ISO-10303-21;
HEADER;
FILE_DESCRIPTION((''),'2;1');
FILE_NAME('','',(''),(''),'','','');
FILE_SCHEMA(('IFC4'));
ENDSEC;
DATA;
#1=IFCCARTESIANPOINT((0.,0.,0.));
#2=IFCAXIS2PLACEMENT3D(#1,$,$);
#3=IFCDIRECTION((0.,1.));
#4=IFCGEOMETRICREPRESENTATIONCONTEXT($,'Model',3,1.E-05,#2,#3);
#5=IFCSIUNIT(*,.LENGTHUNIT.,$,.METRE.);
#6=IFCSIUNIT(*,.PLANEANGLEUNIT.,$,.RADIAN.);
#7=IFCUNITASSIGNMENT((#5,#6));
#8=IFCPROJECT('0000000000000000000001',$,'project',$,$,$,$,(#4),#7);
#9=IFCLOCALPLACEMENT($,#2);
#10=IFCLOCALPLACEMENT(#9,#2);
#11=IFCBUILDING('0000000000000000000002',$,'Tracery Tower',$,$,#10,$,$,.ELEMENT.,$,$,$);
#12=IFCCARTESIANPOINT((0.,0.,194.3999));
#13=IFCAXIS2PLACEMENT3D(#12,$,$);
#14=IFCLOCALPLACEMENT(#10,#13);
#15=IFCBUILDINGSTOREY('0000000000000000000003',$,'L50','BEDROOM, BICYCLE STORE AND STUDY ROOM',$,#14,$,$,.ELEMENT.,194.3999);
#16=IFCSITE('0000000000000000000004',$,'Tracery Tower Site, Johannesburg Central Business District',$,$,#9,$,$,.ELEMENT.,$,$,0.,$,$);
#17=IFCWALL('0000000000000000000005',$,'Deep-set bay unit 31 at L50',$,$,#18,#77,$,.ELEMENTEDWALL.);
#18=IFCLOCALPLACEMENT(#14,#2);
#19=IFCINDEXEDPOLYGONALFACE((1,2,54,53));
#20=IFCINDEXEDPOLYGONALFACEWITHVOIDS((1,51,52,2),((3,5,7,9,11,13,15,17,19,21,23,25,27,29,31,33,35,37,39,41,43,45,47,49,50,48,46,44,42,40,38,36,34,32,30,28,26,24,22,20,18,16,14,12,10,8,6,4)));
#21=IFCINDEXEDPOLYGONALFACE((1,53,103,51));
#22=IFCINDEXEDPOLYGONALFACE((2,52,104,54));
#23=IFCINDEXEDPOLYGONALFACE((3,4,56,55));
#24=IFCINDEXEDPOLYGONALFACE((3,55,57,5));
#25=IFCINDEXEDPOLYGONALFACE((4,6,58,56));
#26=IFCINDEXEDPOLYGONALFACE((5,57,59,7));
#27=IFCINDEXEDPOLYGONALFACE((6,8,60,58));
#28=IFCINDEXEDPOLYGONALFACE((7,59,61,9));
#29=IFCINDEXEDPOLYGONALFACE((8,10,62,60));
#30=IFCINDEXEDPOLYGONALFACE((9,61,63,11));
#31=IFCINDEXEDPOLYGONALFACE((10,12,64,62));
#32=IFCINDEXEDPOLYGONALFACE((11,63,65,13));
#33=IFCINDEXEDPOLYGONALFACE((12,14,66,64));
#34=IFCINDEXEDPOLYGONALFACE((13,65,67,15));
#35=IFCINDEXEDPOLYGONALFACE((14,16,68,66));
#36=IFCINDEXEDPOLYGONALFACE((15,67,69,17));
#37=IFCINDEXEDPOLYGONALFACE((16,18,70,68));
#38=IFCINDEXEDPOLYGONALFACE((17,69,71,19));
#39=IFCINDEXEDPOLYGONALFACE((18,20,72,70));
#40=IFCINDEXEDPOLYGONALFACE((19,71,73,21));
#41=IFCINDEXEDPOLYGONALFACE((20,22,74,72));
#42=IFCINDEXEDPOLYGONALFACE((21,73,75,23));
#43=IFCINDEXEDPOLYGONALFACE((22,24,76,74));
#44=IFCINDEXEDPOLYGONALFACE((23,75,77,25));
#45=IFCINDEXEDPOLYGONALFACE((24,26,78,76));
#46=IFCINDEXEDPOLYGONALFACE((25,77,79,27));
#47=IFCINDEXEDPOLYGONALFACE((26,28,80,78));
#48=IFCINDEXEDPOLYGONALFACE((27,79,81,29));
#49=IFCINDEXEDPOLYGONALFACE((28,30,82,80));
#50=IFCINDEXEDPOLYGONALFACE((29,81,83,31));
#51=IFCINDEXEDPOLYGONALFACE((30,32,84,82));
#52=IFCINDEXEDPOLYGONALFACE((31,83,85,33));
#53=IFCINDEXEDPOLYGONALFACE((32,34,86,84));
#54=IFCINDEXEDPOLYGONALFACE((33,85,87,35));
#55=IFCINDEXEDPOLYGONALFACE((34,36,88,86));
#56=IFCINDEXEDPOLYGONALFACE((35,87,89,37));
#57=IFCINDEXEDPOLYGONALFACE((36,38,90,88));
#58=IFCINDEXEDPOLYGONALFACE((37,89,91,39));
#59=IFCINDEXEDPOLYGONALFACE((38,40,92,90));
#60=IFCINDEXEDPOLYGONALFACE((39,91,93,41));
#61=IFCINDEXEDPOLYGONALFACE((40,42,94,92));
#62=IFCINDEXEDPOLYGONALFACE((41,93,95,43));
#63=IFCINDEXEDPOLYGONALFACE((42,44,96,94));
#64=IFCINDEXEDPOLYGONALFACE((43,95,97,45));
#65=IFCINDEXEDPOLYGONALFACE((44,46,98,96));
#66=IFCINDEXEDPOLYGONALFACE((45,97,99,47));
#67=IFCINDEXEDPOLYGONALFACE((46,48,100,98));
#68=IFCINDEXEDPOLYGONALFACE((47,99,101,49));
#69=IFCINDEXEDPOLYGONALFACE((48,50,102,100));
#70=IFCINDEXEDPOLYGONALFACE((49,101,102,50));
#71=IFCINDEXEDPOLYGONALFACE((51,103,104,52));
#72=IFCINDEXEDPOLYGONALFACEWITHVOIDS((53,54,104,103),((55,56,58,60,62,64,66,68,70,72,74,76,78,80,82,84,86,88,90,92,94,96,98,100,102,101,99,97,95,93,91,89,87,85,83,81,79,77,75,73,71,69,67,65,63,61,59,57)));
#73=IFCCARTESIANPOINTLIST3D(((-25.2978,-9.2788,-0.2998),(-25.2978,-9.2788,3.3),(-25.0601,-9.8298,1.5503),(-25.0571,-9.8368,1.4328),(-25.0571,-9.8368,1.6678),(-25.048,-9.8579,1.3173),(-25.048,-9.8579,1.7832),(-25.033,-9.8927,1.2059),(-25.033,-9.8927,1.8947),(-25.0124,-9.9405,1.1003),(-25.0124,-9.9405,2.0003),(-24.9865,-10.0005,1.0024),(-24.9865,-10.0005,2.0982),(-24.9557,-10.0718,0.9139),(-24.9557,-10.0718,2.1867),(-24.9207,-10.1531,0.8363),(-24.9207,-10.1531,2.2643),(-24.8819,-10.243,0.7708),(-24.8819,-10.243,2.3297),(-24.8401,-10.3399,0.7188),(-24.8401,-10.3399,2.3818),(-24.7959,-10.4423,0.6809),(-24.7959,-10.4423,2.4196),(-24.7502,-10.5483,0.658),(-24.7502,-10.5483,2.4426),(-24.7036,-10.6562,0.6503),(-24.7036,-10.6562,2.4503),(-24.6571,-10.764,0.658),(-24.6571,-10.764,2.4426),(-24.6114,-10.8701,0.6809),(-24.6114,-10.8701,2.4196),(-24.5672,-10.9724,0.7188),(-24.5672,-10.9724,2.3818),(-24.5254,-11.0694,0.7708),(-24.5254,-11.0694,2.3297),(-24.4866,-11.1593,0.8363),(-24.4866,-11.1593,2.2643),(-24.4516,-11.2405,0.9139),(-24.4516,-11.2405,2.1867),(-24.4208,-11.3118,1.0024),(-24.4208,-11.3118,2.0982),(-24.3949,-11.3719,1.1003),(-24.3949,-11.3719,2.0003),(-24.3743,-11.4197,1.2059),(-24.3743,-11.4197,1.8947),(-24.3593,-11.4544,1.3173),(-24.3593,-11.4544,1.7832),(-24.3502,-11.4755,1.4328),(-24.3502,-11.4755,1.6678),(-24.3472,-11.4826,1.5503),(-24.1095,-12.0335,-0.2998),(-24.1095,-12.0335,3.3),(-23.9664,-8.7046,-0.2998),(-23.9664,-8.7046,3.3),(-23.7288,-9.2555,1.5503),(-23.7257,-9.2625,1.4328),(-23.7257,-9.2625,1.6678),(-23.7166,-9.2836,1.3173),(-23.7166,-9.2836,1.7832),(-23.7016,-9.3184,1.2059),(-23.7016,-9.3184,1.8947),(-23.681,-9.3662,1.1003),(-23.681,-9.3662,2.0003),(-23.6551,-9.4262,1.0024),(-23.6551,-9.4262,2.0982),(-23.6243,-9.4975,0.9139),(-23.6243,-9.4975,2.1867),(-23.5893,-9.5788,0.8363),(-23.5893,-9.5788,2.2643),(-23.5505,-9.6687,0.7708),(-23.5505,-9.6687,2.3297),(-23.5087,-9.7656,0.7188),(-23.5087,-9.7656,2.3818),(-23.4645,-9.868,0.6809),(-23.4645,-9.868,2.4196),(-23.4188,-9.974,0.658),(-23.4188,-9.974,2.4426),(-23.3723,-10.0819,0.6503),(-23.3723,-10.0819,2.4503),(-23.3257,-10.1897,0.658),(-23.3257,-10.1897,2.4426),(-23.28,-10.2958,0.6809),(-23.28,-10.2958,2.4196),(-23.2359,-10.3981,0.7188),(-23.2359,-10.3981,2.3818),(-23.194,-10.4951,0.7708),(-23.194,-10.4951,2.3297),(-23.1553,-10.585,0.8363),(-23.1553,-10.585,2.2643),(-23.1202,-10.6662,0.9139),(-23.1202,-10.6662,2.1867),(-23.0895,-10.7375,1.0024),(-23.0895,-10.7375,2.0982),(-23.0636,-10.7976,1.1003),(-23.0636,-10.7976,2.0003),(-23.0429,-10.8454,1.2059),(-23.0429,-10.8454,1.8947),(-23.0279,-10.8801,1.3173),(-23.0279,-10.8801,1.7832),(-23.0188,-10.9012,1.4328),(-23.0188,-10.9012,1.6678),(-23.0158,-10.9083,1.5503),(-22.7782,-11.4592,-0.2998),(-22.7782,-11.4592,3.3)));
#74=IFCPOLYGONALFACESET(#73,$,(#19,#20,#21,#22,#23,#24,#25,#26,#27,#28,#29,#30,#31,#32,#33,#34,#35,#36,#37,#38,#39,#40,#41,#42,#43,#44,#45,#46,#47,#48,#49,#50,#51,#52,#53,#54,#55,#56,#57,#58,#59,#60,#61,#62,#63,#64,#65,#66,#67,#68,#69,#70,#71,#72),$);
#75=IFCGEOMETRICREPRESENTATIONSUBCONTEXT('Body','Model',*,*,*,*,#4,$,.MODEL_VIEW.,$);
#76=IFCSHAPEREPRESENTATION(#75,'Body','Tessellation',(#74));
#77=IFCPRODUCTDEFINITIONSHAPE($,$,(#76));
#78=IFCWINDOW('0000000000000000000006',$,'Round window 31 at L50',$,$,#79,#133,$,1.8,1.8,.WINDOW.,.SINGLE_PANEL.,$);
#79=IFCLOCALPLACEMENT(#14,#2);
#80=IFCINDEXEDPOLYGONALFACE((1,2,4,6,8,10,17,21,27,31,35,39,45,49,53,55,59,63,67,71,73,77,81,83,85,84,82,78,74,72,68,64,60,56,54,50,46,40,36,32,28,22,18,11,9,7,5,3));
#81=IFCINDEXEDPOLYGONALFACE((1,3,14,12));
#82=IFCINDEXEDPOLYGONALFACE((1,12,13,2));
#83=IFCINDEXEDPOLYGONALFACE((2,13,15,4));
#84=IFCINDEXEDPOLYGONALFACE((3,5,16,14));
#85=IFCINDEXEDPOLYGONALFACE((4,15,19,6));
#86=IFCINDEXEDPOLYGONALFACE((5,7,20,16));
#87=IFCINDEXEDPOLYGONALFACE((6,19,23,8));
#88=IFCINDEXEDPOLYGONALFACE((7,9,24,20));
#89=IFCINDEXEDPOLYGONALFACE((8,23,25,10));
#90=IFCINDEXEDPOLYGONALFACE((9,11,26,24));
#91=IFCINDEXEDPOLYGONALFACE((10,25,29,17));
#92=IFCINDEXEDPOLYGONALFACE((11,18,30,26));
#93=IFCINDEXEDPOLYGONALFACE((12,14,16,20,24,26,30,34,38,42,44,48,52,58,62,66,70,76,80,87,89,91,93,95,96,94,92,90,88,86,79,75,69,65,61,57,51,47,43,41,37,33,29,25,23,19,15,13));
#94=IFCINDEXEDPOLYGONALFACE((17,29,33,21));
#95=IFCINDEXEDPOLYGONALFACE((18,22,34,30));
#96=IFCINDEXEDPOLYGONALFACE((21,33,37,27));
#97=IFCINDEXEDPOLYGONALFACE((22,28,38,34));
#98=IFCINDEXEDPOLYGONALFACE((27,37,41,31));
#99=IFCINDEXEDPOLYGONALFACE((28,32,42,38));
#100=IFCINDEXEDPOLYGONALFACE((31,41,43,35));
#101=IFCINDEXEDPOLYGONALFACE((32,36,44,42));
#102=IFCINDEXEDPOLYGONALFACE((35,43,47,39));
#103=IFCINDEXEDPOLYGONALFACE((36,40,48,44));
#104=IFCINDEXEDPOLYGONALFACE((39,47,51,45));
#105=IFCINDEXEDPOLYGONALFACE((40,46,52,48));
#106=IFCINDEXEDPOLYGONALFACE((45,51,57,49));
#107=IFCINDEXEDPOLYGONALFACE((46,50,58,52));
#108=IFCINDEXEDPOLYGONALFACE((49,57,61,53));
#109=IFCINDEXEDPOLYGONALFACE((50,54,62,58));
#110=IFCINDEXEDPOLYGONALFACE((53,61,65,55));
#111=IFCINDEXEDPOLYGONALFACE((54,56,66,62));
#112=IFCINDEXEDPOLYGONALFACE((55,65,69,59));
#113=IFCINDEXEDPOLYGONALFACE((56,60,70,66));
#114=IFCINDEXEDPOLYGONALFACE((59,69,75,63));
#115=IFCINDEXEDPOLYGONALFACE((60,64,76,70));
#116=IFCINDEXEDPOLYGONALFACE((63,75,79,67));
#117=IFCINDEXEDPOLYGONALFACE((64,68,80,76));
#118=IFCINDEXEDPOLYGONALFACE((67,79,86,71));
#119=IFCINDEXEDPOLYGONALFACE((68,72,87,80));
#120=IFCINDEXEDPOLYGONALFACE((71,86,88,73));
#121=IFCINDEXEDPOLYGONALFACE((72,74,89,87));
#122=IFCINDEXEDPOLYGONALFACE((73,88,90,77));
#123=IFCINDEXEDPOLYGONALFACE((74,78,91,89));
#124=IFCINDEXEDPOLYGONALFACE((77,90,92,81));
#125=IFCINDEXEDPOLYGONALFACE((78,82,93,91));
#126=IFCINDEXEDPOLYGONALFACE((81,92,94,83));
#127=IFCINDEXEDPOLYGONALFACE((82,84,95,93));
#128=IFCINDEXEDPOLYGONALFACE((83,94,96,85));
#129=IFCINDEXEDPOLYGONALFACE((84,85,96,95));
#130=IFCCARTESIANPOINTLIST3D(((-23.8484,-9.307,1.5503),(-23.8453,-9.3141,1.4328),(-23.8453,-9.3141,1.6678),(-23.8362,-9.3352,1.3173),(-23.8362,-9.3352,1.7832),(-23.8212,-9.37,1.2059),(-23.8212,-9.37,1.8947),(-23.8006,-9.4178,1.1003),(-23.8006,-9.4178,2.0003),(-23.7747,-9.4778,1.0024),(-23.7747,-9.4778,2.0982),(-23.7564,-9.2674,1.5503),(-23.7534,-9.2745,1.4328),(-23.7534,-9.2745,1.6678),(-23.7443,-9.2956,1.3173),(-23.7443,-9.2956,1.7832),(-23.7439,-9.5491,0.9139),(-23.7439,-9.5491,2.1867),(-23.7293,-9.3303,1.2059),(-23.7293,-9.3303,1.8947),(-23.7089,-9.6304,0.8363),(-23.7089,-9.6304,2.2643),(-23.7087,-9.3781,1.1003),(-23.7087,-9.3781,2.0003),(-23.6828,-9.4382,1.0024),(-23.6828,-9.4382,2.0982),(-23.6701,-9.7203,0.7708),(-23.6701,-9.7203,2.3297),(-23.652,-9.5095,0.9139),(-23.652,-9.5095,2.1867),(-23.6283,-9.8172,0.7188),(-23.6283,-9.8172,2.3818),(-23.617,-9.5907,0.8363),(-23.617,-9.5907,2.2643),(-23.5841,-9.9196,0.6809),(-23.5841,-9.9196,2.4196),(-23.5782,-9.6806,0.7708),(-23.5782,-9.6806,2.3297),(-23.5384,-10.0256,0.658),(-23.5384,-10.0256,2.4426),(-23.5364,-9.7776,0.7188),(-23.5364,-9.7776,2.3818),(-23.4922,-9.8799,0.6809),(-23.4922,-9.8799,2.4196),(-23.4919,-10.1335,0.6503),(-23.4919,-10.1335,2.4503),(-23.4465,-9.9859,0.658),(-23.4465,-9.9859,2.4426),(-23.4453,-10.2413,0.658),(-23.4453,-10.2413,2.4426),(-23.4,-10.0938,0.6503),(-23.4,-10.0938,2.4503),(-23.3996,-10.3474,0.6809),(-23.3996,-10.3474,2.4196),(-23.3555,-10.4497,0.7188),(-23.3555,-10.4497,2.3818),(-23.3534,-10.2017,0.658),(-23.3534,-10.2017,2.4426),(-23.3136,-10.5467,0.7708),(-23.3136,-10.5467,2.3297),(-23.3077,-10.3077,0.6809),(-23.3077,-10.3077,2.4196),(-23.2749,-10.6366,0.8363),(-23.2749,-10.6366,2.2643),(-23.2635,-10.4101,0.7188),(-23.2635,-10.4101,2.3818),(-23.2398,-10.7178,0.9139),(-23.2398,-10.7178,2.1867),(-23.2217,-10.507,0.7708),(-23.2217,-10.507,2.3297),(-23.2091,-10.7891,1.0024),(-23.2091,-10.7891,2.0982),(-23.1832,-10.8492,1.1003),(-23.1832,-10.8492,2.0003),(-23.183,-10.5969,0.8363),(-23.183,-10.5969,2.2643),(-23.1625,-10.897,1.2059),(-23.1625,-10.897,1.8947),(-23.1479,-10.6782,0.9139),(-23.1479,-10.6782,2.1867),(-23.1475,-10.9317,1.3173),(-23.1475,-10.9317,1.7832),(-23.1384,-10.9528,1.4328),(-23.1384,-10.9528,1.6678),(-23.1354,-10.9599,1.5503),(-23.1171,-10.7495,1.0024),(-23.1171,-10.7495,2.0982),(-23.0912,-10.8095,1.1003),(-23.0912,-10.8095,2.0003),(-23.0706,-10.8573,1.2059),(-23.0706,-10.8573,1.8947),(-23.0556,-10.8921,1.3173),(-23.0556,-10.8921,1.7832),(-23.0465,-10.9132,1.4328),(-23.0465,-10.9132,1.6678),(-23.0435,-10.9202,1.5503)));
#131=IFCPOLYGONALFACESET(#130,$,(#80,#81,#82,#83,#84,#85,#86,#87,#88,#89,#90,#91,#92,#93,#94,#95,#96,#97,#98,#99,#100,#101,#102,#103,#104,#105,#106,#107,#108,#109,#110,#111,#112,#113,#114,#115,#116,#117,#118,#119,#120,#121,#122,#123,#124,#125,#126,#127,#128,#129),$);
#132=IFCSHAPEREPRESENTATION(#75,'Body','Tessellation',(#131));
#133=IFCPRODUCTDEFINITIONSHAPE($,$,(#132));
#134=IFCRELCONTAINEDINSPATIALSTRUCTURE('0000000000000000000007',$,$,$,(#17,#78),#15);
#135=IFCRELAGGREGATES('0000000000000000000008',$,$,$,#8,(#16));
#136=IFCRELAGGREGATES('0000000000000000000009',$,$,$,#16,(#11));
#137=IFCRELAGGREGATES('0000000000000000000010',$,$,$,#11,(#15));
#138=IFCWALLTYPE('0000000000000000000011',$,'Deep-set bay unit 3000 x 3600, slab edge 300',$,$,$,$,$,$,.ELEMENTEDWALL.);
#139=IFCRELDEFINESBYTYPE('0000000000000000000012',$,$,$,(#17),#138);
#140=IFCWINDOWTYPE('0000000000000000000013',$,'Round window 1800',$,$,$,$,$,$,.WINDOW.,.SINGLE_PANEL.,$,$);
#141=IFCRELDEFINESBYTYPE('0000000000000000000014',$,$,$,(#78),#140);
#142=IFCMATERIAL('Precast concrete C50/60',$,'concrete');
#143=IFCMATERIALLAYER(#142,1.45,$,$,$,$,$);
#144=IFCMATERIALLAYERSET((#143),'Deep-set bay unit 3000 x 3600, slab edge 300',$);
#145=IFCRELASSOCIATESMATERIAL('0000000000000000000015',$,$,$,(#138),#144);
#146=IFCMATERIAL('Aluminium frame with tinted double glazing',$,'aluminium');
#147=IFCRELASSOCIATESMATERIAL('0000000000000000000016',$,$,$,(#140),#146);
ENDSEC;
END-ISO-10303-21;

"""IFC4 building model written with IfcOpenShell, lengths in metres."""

from ifc_helpers import new_model, si_unit, direction, frame, frame_2d, origin, origin_2d, place, context, subcontext, project, spatial, rectangle, circle, extrude, material, layer, layer_set, type_object, element, fill, save


model = new_model("IFC4")

# Units and contexts
model_context = context("Model", 3, precision=1e-05, world=origin(), true_north=direction((0.0, 1.0)))
body_context = subcontext(model_context, "Body", "Model", "MODEL_VIEW")
ifc_project = project(units=[si_unit("LENGTHUNIT", "METRE"), si_unit("PLANEANGLEUNIT", "RADIAN")], contexts=[model_context])

# Site, building, storey
site_placement = place(None, origin())
site = spatial("IfcSite", under=ifc_project, at=site_placement, Name="Tracery Tower Site, Johannesburg Central Business District", CompositionType="ELEMENT", RefElevation=0.0)
building_placement = place(site_placement, origin())
building = spatial("IfcBuilding", under=site, at=building_placement, Name="Tracery Tower", CompositionType="ELEMENT")
storey_placement = place(building_placement, frame((0.0, 0.0, 194.3999)))
storey = spatial("IfcBuildingStorey", under=building, at=storey_placement, Name="L50", Description="BEDROOM, BICYCLE STORE AND STUDY ROOM", CompositionType="ELEMENT", Elevation=194.3999)

# Wall, opening, window
ifc_material_1 = material(Name="Precast concrete C50/60", Category="concrete")
ifc_layer_1 = layer(ifc_material_1, 1.45)
ifc_layer_set_1 = layer_set([ifc_layer_1], Name="Deep-set bay unit 3000 x 3600, slab edge 300")
wall_type_1 = type_object("IfcWallType", Name="Deep-set bay unit 3000 x 3600, slab edge 300", PredefinedType="ELEMENTEDWALL", material=ifc_layer_set_1)
wall_1_placement = place(storey_placement, frame((-24.6321, -8.9917, -0.2998), z_axis=(0.0, 0.0, 1.0), x_axis=(0.396079, -0.918216, 0.0)))
wall_1 = element("IfcWall", 1, at=wall_1_placement, inside=storey, type_object=wall_type_1, Name="Deep-set bay unit 31 at L50", PredefinedType="ELEMENTEDWALL", context=body_context, shape_type="SweptSolid", body=[
    extrude(rectangle(XDim=3.0, YDim=1.45, at=frame_2d((1.5, 0.0))), origin(), (0.0, 0.0, 1.0), 3.5999),
])
opening_1_placement = place(wall_1_placement, frame((1.5, 0.0, 1.8501)))
opening_1 = element("IfcOpeningElement", 2, at=opening_1_placement, cuts=wall_1, PredefinedType="OPENING", context=body_context, shape_type="SweptSolid", body=[
    extrude(circle(Radius=0.9, at=origin_2d()), frame((0.0, 0.7349, 0.0), z_axis=(0.0, -1.0, 0.0), x_axis=(1.0, 0.0, 0.0)), (0.0, 0.0, 1.0), 1.47),
])
ifc_material_2 = material(Name="Aluminium frame with tinted double glazing", Category="aluminium")
window_type = type_object("IfcWindowType", Name="Round window 1800", PartitioningType="SINGLE_PANEL", PredefinedType="WINDOW", material=ifc_material_2)
window_1_placement = place(opening_1_placement, origin())
window_1 = element("IfcWindow", 3, at=window_1_placement, inside=storey, type_object=window_type, Name="Round window 31 at L50", OverallHeight=1.8, OverallWidth=1.8, PartitioningType="SINGLE_PANEL", PredefinedType="WINDOW", context=body_context, shape_type="SweptSolid", body=[
    extrude(circle(Radius=0.9, at=origin_2d()), frame((0.0, 0.6948, 0.0), z_axis=(0.0, -1.0, 0.0), x_axis=(1.0, 0.0, 0.0)), (0.0, 0.0, 1.0), 0.1001),
])
fill(opening_1, window_1)

save(model, "model.ifc")
